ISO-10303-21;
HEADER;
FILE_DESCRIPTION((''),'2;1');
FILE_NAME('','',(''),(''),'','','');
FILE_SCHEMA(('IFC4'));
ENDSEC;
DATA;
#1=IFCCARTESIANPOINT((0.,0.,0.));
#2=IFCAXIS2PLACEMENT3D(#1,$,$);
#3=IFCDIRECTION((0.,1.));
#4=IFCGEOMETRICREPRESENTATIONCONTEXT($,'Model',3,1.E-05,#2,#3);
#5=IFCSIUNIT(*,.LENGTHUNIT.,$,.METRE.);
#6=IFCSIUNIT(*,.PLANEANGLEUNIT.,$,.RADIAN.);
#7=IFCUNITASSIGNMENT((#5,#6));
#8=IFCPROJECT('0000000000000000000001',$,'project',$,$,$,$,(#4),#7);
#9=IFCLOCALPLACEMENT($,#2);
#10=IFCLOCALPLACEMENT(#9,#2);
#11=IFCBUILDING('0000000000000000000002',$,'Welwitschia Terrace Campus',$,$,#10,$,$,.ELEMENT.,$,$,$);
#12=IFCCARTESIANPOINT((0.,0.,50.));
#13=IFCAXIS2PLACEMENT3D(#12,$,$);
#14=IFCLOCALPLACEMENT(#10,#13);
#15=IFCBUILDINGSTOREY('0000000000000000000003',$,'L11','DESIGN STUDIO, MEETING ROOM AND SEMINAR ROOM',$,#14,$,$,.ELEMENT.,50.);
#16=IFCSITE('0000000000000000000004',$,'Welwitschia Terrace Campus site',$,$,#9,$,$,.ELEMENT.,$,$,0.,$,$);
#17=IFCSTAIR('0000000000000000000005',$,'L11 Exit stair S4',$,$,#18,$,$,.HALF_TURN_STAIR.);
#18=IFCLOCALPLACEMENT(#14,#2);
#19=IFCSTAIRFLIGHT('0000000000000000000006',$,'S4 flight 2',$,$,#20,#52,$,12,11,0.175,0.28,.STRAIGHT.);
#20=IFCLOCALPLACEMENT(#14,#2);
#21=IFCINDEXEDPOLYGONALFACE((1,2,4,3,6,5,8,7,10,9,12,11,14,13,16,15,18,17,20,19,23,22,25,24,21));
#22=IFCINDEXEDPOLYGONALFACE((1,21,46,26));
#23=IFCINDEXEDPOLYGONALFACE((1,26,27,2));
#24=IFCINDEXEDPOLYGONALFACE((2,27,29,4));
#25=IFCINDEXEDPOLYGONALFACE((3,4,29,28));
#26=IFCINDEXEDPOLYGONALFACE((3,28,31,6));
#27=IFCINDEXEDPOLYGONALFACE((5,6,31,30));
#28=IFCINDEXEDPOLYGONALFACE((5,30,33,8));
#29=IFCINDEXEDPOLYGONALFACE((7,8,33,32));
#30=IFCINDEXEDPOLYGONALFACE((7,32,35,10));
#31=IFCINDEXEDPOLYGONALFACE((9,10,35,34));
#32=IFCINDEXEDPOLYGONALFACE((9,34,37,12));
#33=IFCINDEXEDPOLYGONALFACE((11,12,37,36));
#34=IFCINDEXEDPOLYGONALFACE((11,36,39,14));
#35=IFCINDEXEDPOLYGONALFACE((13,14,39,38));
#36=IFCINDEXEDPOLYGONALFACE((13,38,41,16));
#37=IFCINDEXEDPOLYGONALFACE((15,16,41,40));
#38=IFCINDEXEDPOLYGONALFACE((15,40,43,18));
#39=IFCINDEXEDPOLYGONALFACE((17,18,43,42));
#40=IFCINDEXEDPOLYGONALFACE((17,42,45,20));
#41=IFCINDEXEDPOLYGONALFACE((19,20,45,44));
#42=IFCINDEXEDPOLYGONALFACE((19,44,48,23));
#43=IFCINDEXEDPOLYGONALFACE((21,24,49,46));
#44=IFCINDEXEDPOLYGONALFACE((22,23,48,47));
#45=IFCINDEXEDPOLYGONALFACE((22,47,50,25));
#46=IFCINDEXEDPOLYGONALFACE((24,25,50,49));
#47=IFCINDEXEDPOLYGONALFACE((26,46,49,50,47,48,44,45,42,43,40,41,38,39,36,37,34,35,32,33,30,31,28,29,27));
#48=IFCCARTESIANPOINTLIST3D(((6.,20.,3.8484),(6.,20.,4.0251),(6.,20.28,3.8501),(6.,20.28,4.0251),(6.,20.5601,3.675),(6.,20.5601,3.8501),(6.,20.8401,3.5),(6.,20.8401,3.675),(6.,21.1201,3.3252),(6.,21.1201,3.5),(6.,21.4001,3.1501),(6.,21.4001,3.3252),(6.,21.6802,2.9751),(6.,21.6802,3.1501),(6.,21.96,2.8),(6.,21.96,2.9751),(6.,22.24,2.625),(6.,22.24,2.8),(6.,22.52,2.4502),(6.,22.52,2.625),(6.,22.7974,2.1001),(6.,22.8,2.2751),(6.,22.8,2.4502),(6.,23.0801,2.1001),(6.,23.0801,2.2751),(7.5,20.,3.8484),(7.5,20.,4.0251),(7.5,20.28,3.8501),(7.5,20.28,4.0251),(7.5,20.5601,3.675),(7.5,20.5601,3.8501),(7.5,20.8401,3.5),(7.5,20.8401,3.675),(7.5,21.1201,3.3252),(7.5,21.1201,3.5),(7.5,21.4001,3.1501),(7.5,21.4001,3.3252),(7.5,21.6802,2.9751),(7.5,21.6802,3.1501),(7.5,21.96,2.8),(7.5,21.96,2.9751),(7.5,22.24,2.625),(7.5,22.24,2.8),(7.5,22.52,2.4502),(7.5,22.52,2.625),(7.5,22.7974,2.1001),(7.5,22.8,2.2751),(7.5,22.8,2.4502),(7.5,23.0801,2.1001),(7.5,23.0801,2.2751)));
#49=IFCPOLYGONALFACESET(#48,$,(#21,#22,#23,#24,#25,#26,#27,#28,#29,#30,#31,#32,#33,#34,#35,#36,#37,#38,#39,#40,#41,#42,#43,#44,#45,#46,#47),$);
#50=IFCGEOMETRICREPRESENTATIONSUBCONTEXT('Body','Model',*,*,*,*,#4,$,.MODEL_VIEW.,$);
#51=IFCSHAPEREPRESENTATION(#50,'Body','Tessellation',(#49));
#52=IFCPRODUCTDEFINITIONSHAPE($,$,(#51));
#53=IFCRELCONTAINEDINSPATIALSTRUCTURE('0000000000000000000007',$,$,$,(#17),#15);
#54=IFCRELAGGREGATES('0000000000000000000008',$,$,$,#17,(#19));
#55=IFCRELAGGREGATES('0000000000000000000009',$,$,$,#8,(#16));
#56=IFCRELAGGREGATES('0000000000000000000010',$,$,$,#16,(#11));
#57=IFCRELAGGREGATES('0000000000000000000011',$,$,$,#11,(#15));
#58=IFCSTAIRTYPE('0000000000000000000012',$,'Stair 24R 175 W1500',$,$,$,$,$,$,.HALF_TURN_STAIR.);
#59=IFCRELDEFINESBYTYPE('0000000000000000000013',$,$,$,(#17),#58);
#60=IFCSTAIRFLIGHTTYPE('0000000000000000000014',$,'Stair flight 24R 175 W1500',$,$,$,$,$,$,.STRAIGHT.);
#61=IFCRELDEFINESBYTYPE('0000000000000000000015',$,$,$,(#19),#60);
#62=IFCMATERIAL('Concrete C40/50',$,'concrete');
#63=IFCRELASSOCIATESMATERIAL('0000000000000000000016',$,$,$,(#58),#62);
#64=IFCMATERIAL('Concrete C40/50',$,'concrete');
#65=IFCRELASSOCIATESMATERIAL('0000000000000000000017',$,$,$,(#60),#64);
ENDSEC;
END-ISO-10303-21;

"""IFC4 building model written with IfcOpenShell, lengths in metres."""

from ifc_helpers import new_model, si_unit, direction, frame, origin, place, context, subcontext, project, spatial, polyline, outline, extrude, material, type_object, element, aggregate, save


model = new_model("IFC4")

# Units and contexts
model_context = context("Model", 3, precision=1e-05, world=origin(), true_north=direction((0.0, 1.0)))
body_context = subcontext(model_context, "Body", "Model", "MODEL_VIEW")
ifc_project = project(units=[si_unit("LENGTHUNIT", "METRE"), si_unit("PLANEANGLEUNIT", "RADIAN")], contexts=[model_context])

# Site, building, storey
site_placement = place(None, origin())
site = spatial("IfcSite", under=ifc_project, at=site_placement, Name="Welwitschia Terrace Campus site", CompositionType="ELEMENT", RefElevation=0.0)
building_placement = place(site_placement, origin())
building = spatial("IfcBuilding", under=site, at=building_placement, Name="Welwitschia Terrace Campus", CompositionType="ELEMENT")
storey_placement = place(building_placement, frame((0.0, 0.0, 50.0)))
storey = spatial("IfcBuildingStorey", under=building, at=storey_placement, Name="L11", Description="DESIGN STUDIO, MEETING ROOM AND SEMINAR ROOM", CompositionType="ELEMENT", Elevation=50.0)

# Stair, stair flight
ifc_material_1 = material(Name="Concrete C40/50", Category="concrete")
stair_type = type_object("IfcStairType", Name="Stair 24R 175 W1500", PredefinedType="HALF_TURN_STAIR", material=ifc_material_1)
stair_placement = place(storey_placement, origin())
stair = element("IfcStair", 1, at=stair_placement, inside=storey, type_object=stair_type, Name="L11 Exit stair S4", PredefinedType="HALF_TURN_STAIR")
ifc_material_2 = material(Name="Concrete C40/50", Category="concrete")
stair_flight_type = type_object("IfcStairFlightType", Name="Stair flight 24R 175 W1500", PredefinedType="STRAIGHT", material=ifc_material_2)
stair_flight_1_placement = place(storey_placement, frame((6.75, 23.0801, 2.1001), z_axis=(0.0, 0.0, 1.0), x_axis=(0.0, -1.0, 0.0)))
stair_flight_1 = element("IfcStairFlight", 2, at=stair_flight_1_placement, type_object=stair_flight_type, Name="S4 flight 2", NumberOfRisers=12, NumberOfTreads=11, PredefinedType="STRAIGHT", RiserHeight=0.175, TreadLength=0.28, context=body_context, shape_type="SweptSolid", body=[
    extrude(outline(polyline([(0.0, 0.0), (0.0, 0.175), (0.28, 0.175), (0.28, 0.3501), (0.5601, 0.3501), (0.5601, 0.5249), (0.8401, 0.5249), (0.8401, 0.7), (1.1201, 0.7), (1.1201, 0.875), (1.3999, 0.875), (1.3999, 1.05), (1.6799, 1.05), (1.6799, 1.2251), (1.96, 1.2251), (1.96, 1.3999), (2.24, 1.3999), (2.24, 1.575), (2.52, 1.575), (2.52, 1.75), (2.8, 1.75), (2.8, 1.925), (3.0801, 1.925), (3.0801, 2.1001), (3.0801, 1.7483), (0.2827, 0.0), (0.0, 0.0)])), frame((0.0, 0.75, 0.0), z_axis=(0.0, -1.0, 0.0), x_axis=(1.0, 0.0, 0.0)), (0.0, 0.0, 1.0), 1.5),
])
aggregate(stair, [stair_flight_1])

save(model, "model.ifc")
